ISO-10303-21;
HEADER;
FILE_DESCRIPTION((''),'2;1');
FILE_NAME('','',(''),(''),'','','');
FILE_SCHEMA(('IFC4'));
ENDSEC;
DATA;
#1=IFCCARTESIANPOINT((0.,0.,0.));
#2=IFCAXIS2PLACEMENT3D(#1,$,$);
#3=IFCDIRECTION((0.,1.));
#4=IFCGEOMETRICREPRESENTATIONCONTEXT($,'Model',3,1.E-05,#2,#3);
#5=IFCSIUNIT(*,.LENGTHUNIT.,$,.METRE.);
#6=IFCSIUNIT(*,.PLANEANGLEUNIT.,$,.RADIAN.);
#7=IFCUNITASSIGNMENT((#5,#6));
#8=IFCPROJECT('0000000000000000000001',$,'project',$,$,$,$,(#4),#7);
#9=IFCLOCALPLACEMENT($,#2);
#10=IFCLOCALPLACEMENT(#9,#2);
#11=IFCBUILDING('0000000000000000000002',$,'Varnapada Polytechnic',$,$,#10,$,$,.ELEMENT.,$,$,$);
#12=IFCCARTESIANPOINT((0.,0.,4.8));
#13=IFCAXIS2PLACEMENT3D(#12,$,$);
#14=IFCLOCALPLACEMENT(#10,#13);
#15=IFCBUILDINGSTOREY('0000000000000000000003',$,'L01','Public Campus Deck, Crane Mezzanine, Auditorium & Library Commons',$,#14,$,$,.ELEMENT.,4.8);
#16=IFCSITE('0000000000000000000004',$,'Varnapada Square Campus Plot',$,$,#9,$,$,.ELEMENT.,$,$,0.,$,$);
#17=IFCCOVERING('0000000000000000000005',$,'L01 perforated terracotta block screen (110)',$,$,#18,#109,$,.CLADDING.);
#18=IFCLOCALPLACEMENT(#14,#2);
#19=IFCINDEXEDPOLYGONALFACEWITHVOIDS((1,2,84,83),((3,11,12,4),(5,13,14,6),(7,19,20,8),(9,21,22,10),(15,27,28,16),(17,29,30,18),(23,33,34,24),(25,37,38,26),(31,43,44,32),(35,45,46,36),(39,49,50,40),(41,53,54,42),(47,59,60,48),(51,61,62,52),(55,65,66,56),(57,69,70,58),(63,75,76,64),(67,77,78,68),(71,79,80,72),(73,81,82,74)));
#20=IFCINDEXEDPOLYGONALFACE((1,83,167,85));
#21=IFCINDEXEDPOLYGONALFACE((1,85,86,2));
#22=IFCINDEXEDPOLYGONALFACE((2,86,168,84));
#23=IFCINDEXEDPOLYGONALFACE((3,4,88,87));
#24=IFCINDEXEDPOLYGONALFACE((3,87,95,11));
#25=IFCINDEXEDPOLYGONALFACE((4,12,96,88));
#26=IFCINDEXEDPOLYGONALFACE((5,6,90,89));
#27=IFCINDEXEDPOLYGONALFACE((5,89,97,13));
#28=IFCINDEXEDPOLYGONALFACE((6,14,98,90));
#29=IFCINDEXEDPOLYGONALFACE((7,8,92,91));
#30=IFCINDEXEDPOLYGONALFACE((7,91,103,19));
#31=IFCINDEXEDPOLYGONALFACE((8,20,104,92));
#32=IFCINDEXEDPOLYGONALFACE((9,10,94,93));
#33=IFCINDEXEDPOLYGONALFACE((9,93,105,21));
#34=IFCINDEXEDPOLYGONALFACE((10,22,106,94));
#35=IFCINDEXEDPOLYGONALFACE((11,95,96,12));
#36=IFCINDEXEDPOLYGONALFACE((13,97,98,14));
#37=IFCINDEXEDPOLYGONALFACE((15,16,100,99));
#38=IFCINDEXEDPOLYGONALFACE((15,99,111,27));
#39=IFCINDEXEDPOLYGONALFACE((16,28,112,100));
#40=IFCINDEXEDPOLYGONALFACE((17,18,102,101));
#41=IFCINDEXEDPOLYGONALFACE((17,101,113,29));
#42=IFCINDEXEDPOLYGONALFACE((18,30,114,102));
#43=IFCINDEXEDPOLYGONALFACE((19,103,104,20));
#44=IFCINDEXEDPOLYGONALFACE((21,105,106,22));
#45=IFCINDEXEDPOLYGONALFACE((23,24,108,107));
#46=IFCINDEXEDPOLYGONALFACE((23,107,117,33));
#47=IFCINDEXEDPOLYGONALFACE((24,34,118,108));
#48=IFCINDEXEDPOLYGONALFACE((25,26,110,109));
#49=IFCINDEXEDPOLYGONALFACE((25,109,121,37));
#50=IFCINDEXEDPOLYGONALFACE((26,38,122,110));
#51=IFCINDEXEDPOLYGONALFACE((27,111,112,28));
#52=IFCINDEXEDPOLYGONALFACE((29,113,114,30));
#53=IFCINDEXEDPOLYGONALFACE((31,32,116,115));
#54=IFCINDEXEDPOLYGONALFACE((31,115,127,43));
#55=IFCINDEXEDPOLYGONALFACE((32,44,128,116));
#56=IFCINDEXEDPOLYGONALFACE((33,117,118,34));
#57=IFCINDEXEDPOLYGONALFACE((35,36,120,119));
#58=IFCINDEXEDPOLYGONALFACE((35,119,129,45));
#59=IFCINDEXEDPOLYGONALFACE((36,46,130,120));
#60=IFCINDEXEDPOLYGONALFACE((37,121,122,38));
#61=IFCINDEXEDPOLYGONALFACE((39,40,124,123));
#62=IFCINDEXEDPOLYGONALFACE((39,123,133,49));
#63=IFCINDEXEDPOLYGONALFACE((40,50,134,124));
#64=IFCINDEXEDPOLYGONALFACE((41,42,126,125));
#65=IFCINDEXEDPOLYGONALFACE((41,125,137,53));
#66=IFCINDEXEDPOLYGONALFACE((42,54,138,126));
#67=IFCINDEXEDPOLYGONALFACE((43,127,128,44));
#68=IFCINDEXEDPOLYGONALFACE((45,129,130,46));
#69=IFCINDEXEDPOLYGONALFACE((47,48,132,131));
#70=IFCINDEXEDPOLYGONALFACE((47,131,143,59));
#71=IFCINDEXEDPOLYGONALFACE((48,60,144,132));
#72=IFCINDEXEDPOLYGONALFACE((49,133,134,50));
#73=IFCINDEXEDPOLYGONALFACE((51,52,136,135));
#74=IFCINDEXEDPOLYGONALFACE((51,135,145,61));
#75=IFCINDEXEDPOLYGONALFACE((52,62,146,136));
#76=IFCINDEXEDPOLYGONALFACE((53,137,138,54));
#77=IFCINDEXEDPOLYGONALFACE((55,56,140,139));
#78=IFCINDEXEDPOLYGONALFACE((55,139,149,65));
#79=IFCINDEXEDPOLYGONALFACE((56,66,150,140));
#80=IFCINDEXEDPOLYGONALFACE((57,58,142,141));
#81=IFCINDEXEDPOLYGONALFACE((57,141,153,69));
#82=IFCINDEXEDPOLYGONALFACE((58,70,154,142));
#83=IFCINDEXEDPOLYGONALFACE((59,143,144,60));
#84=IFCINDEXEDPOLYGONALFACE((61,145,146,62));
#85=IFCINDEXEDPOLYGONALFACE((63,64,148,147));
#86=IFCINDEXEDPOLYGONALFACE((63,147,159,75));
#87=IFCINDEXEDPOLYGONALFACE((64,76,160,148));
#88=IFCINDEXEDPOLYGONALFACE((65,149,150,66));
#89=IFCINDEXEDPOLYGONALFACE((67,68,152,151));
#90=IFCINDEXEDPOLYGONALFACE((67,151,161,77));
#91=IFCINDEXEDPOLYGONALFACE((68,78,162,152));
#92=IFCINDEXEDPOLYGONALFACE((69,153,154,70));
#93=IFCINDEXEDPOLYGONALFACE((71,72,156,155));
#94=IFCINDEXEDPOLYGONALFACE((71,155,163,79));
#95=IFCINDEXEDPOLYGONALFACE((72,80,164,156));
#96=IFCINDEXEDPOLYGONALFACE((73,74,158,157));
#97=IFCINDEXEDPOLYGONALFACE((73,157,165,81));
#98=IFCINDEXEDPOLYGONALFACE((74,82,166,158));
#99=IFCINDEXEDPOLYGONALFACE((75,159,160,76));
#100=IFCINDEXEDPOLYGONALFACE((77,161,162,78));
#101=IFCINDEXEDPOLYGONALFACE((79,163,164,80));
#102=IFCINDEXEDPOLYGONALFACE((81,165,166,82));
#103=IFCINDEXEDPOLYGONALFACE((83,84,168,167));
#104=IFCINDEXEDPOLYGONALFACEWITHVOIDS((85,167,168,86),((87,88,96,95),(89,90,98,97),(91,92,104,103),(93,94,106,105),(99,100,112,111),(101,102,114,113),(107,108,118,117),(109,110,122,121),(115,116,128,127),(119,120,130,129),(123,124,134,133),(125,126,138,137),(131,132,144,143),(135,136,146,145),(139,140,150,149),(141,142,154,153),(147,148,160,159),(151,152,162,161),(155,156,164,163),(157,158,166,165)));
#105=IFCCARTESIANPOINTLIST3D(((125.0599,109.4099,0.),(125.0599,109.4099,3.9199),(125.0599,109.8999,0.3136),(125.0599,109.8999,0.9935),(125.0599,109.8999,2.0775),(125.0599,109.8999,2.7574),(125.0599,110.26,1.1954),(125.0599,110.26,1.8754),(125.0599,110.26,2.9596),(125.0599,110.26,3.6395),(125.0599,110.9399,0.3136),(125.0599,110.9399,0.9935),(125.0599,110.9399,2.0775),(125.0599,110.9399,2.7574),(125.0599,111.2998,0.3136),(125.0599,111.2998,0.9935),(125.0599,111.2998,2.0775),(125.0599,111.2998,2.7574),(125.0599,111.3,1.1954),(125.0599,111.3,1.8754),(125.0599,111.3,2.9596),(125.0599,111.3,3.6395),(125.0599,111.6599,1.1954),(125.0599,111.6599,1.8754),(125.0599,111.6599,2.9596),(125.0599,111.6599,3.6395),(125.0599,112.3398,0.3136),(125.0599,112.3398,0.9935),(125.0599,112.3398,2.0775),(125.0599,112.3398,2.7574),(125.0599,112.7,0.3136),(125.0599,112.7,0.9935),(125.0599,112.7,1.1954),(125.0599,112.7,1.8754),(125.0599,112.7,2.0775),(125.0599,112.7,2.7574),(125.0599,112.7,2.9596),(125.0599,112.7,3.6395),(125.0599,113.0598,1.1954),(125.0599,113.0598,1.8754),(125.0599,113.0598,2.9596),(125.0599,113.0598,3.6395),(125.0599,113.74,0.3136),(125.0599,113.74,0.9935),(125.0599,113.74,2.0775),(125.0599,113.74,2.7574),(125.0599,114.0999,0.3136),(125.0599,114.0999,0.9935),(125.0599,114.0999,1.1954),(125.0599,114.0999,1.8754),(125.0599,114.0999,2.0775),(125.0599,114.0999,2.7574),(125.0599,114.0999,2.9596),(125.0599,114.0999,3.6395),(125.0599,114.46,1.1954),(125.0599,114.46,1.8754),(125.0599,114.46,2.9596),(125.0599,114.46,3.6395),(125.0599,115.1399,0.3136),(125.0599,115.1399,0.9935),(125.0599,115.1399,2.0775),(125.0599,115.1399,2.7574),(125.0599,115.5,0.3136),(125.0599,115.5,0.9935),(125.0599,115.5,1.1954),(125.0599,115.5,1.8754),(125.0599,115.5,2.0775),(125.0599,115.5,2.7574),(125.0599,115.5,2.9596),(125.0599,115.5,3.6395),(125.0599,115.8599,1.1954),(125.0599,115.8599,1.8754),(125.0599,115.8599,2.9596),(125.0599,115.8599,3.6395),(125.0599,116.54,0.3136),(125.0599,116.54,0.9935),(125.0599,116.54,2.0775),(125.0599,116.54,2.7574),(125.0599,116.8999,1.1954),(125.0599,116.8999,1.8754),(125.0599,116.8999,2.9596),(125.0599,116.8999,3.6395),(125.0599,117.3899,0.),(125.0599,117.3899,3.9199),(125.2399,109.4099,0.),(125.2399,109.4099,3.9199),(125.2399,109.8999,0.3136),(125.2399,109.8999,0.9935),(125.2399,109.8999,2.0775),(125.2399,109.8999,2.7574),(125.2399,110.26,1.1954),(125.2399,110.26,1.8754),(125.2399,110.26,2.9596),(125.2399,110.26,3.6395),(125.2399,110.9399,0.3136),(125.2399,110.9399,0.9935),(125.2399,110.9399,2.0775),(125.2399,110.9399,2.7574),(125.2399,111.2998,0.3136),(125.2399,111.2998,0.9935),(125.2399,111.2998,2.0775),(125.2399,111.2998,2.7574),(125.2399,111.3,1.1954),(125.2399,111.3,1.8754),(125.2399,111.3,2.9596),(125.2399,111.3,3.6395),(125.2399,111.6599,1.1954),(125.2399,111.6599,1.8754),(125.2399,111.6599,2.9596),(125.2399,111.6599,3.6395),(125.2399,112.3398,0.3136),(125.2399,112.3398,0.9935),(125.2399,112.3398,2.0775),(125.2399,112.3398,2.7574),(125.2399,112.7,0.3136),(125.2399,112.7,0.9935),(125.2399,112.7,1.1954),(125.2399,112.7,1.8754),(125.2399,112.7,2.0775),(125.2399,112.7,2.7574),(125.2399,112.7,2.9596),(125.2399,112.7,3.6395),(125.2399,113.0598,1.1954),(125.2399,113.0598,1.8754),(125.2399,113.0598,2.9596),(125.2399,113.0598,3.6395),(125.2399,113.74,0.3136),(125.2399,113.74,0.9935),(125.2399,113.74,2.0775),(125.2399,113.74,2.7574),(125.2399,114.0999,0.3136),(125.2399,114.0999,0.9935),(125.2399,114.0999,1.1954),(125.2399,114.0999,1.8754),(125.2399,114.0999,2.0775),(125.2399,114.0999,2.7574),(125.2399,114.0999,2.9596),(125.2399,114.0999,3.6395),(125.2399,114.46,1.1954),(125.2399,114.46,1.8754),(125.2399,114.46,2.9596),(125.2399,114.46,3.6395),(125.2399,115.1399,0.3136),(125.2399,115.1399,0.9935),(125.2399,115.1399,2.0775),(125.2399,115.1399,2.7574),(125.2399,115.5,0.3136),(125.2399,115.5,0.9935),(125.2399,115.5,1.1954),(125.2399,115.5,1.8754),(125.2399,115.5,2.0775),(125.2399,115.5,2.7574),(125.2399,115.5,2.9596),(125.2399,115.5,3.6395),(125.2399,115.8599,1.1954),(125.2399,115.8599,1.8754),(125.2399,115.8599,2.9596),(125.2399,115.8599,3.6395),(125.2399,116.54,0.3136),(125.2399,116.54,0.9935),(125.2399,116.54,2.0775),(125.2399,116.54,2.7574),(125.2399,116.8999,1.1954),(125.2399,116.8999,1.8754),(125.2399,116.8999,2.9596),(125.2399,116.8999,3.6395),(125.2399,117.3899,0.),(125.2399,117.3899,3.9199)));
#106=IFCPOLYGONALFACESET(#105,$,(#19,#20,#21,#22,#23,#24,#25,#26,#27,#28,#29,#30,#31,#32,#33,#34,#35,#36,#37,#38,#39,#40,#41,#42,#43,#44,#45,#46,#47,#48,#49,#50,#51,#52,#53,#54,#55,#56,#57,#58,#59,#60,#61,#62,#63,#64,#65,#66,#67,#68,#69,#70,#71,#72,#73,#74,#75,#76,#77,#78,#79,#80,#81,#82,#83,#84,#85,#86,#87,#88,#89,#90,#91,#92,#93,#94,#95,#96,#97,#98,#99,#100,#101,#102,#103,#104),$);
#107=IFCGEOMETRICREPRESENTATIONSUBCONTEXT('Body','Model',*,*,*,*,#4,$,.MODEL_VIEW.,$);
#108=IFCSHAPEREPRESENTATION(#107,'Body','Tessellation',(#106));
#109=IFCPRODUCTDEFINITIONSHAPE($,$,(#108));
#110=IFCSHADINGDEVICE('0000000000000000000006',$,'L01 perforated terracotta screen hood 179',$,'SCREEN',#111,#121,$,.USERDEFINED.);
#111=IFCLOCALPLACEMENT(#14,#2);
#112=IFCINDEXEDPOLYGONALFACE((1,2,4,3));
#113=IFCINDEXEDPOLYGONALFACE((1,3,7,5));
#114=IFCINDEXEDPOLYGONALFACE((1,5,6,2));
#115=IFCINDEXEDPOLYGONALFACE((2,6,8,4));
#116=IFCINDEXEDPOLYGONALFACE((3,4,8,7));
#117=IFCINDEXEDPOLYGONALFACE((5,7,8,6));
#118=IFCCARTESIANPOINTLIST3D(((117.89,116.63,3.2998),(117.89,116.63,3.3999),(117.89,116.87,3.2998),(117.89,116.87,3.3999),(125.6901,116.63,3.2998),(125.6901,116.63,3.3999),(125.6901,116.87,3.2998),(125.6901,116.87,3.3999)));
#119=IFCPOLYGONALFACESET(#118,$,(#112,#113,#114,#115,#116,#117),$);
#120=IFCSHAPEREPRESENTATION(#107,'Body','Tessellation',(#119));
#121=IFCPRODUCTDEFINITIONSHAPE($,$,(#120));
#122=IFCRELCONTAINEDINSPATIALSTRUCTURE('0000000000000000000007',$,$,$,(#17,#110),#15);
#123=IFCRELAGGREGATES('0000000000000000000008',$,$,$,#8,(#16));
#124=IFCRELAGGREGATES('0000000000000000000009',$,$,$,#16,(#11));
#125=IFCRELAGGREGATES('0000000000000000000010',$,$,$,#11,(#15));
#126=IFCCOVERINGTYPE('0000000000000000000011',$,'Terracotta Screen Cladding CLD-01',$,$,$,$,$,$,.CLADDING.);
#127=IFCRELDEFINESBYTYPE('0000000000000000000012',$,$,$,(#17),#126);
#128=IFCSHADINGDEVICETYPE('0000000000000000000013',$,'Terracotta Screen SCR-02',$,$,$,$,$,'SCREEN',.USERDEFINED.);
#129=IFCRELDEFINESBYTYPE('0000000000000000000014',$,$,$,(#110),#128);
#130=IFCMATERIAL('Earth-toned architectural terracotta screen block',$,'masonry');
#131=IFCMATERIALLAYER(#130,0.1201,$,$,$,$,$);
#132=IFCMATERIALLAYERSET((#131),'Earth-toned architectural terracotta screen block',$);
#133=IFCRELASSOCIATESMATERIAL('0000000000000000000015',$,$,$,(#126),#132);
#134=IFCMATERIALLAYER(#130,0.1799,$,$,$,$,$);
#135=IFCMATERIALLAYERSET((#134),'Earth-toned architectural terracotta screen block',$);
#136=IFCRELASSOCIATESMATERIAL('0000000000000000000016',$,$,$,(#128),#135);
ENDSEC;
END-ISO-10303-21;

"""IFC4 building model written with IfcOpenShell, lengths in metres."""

from ifc_helpers import new_model, si_unit, direction, frame, frame_2d, origin, origin_2d, place, context, subcontext, project, spatial, rectangle, extrude, material, layer, layer_set, type_object, element, save


model = new_model("IFC4")

# Units and contexts
model_context = context("Model", 3, precision=1e-05, world=origin(), true_north=direction((0.0, 1.0)))
body_context = subcontext(model_context, "Body", "Model", "MODEL_VIEW")
ifc_project = project(units=[si_unit("LENGTHUNIT", "METRE"), si_unit("PLANEANGLEUNIT", "RADIAN")], contexts=[model_context])

# Site, building, storey
site_placement = place(None, origin())
site = spatial("IfcSite", under=ifc_project, at=site_placement, Name="Varnapada Square Campus Plot", CompositionType="ELEMENT", RefElevation=0.0)
building_placement = place(site_placement, origin())
building = spatial("IfcBuilding", under=site, at=building_placement, Name="Varnapada Polytechnic", CompositionType="ELEMENT")
storey_placement = place(building_placement, frame((0.0, 0.0, 4.8)))
storey = spatial("IfcBuildingStorey", under=building, at=storey_placement, Name="L01", Description="Public Campus Deck, Crane Mezzanine, Auditorium & Library Commons", CompositionType="ELEMENT", Elevation=4.8)

# Covering, openings
ifc_material_1 = material(Name="Earth-toned architectural terracotta screen block", Category="masonry")
ifc_layer_1 = layer(ifc_material_1, 0.1201)
ifc_layer_set_1 = layer_set([ifc_layer_1], Name="Earth-toned architectural terracotta screen block")
covering_type = type_object("IfcCoveringType", Name="Terracotta Screen Cladding CLD-01", PredefinedType="CLADDING", material=ifc_layer_set_1)
covering_placement = place(storey_placement, frame((125.1499, 109.4099, 0.0), z_axis=(0.0, 0.0, 1.0), x_axis=(0.0, 1.0, 0.0)))
covering = element("IfcCovering", 1, at=covering_placement, inside=storey, type_object=covering_type, Name="L01 perforated terracotta block screen (110)", PredefinedType="CLADDING", context=body_context, shape_type="SweptSolid", body=[
    extrude(rectangle(XDim=7.98, YDim=0.1799, at=frame_2d((3.99, 0.0))), origin(), (0.0, 0.0, 1.0), 3.9199),
])
opening_1_placement = place(covering_placement, frame((0.49, 0.0, 0.3137)))
element("IfcOpeningElement", 2, at=opening_1_placement, cuts=covering, PredefinedType="OPENING", context=body_context, shape_type="SweptSolid", body=[
    extrude(rectangle(XDim=1.04, YDim=0.6799, at=frame_2d((0.52, 0.3398))), frame((0.0, 0.0999, 0.0), z_axis=(0.0, -1.0, 0.0), x_axis=(1.0, 0.0, 0.0)), (0.0, 0.0, 1.0), 0.2),
])
opening_2_placement = place(covering_placement, frame((1.8899, 0.0, 0.3137)))
element("IfcOpeningElement", 3, at=opening_2_placement, cuts=covering, PredefinedType="OPENING", context=body_context, shape_type="SweptSolid", body=[
    extrude(rectangle(XDim=1.04, YDim=0.6799, at=frame_2d((0.52, 0.3398))), frame((0.0, 0.0999, 0.0), z_axis=(0.0, -1.0, 0.0), x_axis=(1.0, 0.0, 0.0)), (0.0, 0.0, 1.0), 0.2),
])
opening_3_placement = place(covering_placement, frame((3.29, 0.0, 0.3137)))
element("IfcOpeningElement", 4, at=opening_3_placement, cuts=covering, PredefinedType="OPENING", context=body_context, shape_type="SweptSolid", body=[
    extrude(rectangle(XDim=1.04, YDim=0.6799, at=frame_2d((0.52, 0.3398))), frame((0.0, 0.0999, 0.0), z_axis=(0.0, -1.0, 0.0), x_axis=(1.0, 0.0, 0.0)), (0.0, 0.0, 1.0), 0.2),
])
opening_4_placement = place(covering_placement, frame((4.6899, 0.0, 0.3137)))
element("IfcOpeningElement", 5, at=opening_4_placement, cuts=covering, PredefinedType="OPENING", context=body_context, shape_type="SweptSolid", body=[
    extrude(rectangle(XDim=1.04, YDim=0.6799, at=frame_2d((0.52, 0.3398))), frame((0.0, 0.0999, 0.0), z_axis=(0.0, -1.0, 0.0), x_axis=(1.0, 0.0, 0.0)), (0.0, 0.0, 1.0), 0.2),
])
opening_5_placement = place(covering_placement, frame((6.0901, 0.0, 0.3137)))
element("IfcOpeningElement", 6, at=opening_5_placement, cuts=covering, PredefinedType="OPENING", context=body_context, shape_type="SweptSolid", body=[
    extrude(rectangle(XDim=1.04, YDim=0.6799, at=frame_2d((0.52, 0.3398))), frame((0.0, 0.0999, 0.0), z_axis=(0.0, -1.0, 0.0), x_axis=(1.0, 0.0, 0.0)), (0.0, 0.0, 1.0), 0.2),
])
opening_6_placement = place(covering_placement, frame((0.8501, 0.0, 1.1956)))
element("IfcOpeningElement", 7, at=opening_6_placement, cuts=covering, PredefinedType="OPENING", context=body_context, shape_type="SweptSolid", body=[
    extrude(rectangle(XDim=1.04, YDim=0.6799, at=frame_2d((0.52, 0.3398))), frame((0.0, 0.0999, 0.0), z_axis=(0.0, -1.0, 0.0), x_axis=(1.0, 0.0, 0.0)), (0.0, 0.0, 1.0), 0.2),
])
opening_7_placement = place(covering_placement, frame((2.25, 0.0, 1.1956)))
element("IfcOpeningElement", 8, at=opening_7_placement, cuts=covering, PredefinedType="OPENING", context=body_context, shape_type="SweptSolid", body=[
    extrude(rectangle(XDim=1.04, YDim=0.6799, at=frame_2d((0.52, 0.3398))), frame((0.0, 0.0999, 0.0), z_axis=(0.0, -1.0, 0.0), x_axis=(1.0, 0.0, 0.0)), (0.0, 0.0, 1.0), 0.2),
])
opening_8_placement = place(covering_placement, frame((3.6499, 0.0, 1.1956)))
element("IfcOpeningElement", 9, at=opening_8_placement, cuts=covering, PredefinedType="OPENING", context=body_context, shape_type="SweptSolid", body=[
    extrude(rectangle(XDim=1.04, YDim=0.6799, at=frame_2d((0.52, 0.3398))), frame((0.0, 0.0999, 0.0), z_axis=(0.0, -1.0, 0.0), x_axis=(1.0, 0.0, 0.0)), (0.0, 0.0, 1.0), 0.2),
])
opening_9_placement = place(covering_placement, frame((5.05, 0.0, 1.1956)))
element("IfcOpeningElement", 10, at=opening_9_placement, cuts=covering, PredefinedType="OPENING", context=body_context, shape_type="SweptSolid", body=[
    extrude(rectangle(XDim=1.04, YDim=0.6799, at=frame_2d((0.52, 0.3398))), frame((0.0, 0.0999, 0.0), z_axis=(0.0, -1.0, 0.0), x_axis=(1.0, 0.0, 0.0)), (0.0, 0.0, 1.0), 0.2),
])
opening_10_placement = place(covering_placement, frame((6.45, 0.0, 1.1956)))
element("IfcOpeningElement", 11, at=opening_10_placement, cuts=covering, PredefinedType="OPENING", context=body_context, shape_type="SweptSolid", body=[
    extrude(rectangle(XDim=1.04, YDim=0.6799, at=frame_2d((0.52, 0.3398))), frame((0.0, 0.0999, 0.0), z_axis=(0.0, -1.0, 0.0), x_axis=(1.0, 0.0, 0.0)), (0.0, 0.0, 1.0), 0.2),
])
opening_11_placement = place(covering_placement, frame((0.49, 0.0, 2.0776)))
element("IfcOpeningElement", 12, at=opening_11_placement, cuts=covering, PredefinedType="OPENING", context=body_context, shape_type="SweptSolid", body=[
    extrude(rectangle(XDim=1.04, YDim=0.6799, at=frame_2d((0.52, 0.3398))), frame((0.0, 0.0999, 0.0), z_axis=(0.0, -1.0, 0.0), x_axis=(1.0, 0.0, 0.0)), (0.0, 0.0, 1.0), 0.2),
])
opening_12_placement = place(covering_placement, frame((1.8899, 0.0, 2.0776)))
element("IfcOpeningElement", 13, at=opening_12_placement, cuts=covering, PredefinedType="OPENING", context=body_context, shape_type="SweptSolid", body=[
    extrude(rectangle(XDim=1.04, YDim=0.6799, at=frame_2d((0.52, 0.3398))), frame((0.0, 0.0999, 0.0), z_axis=(0.0, -1.0, 0.0), x_axis=(1.0, 0.0, 0.0)), (0.0, 0.0, 1.0), 0.2),
])
opening_13_placement = place(covering_placement, frame((3.29, 0.0, 2.0776)))
element("IfcOpeningElement", 14, at=opening_13_placement, cuts=covering, PredefinedType="OPENING", context=body_context, shape_type="SweptSolid", body=[
    extrude(rectangle(XDim=1.04, YDim=0.6799, at=frame_2d((0.52, 0.3398))), frame((0.0, 0.0999, 0.0), z_axis=(0.0, -1.0, 0.0), x_axis=(1.0, 0.0, 0.0)), (0.0, 0.0, 1.0), 0.2),
])
opening_14_placement = place(covering_placement, frame((4.6899, 0.0, 2.0776)))
element("IfcOpeningElement", 15, at=opening_14_placement, cuts=covering, PredefinedType="OPENING", context=body_context, shape_type="SweptSolid", body=[
    extrude(rectangle(XDim=1.04, YDim=0.6799, at=frame_2d((0.52, 0.3398))), frame((0.0, 0.0999, 0.0), z_axis=(0.0, -1.0, 0.0), x_axis=(1.0, 0.0, 0.0)), (0.0, 0.0, 1.0), 0.2),
])
opening_15_placement = place(covering_placement, frame((6.0901, 0.0, 2.0776)))
element("IfcOpeningElement", 16, at=opening_15_placement, cuts=covering, PredefinedType="OPENING", context=body_context, shape_type="SweptSolid", body=[
    extrude(rectangle(XDim=1.04, YDim=0.6799, at=frame_2d((0.52, 0.3398))), frame((0.0, 0.0999, 0.0), z_axis=(0.0, -1.0, 0.0), x_axis=(1.0, 0.0, 0.0)), (0.0, 0.0, 1.0), 0.2),
])
opening_16_placement = place(covering_placement, frame((0.8501, 0.0, 2.9597)))
element("IfcOpeningElement", 17, at=opening_16_placement, cuts=covering, PredefinedType="OPENING", context=body_context, shape_type="SweptSolid", body=[
    extrude(rectangle(XDim=1.04, YDim=0.6799, at=frame_2d((0.52, 0.3398))), frame((0.0, 0.0999, 0.0), z_axis=(0.0, -1.0, 0.0), x_axis=(1.0, 0.0, 0.0)), (0.0, 0.0, 1.0), 0.2),
])
opening_17_placement = place(covering_placement, frame((2.25, 0.0, 2.9597)))
element("IfcOpeningElement", 18, at=opening_17_placement, cuts=covering, PredefinedType="OPENING", context=body_context, shape_type="SweptSolid", body=[
    extrude(rectangle(XDim=1.04, YDim=0.6799, at=frame_2d((0.52, 0.3398))), frame((0.0, 0.0999, 0.0), z_axis=(0.0, -1.0, 0.0), x_axis=(1.0, 0.0, 0.0)), (0.0, 0.0, 1.0), 0.2),
])
opening_18_placement = place(covering_placement, frame((3.6499, 0.0, 2.9597)))
element("IfcOpeningElement", 19, at=opening_18_placement, cuts=covering, PredefinedType="OPENING", context=body_context, shape_type="SweptSolid", body=[
    extrude(rectangle(XDim=1.04, YDim=0.6799, at=frame_2d((0.52, 0.3398))), frame((0.0, 0.0999, 0.0), z_axis=(0.0, -1.0, 0.0), x_axis=(1.0, 0.0, 0.0)), (0.0, 0.0, 1.0), 0.2),
])
opening_19_placement = place(covering_placement, frame((5.05, 0.0, 2.9597)))
element("IfcOpeningElement", 20, at=opening_19_placement, cuts=covering, PredefinedType="OPENING", context=body_context, shape_type="SweptSolid", body=[
    extrude(rectangle(XDim=1.04, YDim=0.6799, at=frame_2d((0.52, 0.3398))), frame((0.0, 0.0999, 0.0), z_axis=(0.0, -1.0, 0.0), x_axis=(1.0, 0.0, 0.0)), (0.0, 0.0, 1.0), 0.2),
])
opening_20_placement = place(covering_placement, frame((6.45, 0.0, 2.9597)))
element("IfcOpeningElement", 21, at=opening_20_placement, cuts=covering, PredefinedType="OPENING", context=body_context, shape_type="SweptSolid", body=[
    extrude(rectangle(XDim=1.04, YDim=0.6799, at=frame_2d((0.52, 0.3398))), frame((0.0, 0.0999, 0.0), z_axis=(0.0, -1.0, 0.0), x_axis=(1.0, 0.0, 0.0)), (0.0, 0.0, 1.0), 0.2),
])

# Shading device
ifc_layer_2 = layer(ifc_material_1, 0.1799)
ifc_layer_set_2 = layer_set([ifc_layer_2], Name="Earth-toned architectural terracotta screen block")
shading_device_type_1 = type_object("IfcShadingDeviceType", Name="Terracotta Screen SCR-02", ElementType="SCREEN", PredefinedType="USERDEFINED", material=ifc_layer_set_2)
shading_device_1_placement = place(storey_placement, frame((121.79, 116.75, 3.2998), z_axis=(0.0, 0.0, 1.0), x_axis=(-1.0, 0.0, 0.0)))
element("IfcShadingDevice", 22, at=shading_device_1_placement, inside=storey, type_object=shading_device_type_1, Name="L01 perforated terracotta screen hood 179", ObjectType="SCREEN", PredefinedType="USERDEFINED", context=body_context, shape_type="SweptSolid", body=[
    extrude(rectangle(XDim=7.8, YDim=0.24, at=origin_2d()), origin(), (0.0, 0.0, 1.0), 0.1001),
])

save(model, "model.ifc")
